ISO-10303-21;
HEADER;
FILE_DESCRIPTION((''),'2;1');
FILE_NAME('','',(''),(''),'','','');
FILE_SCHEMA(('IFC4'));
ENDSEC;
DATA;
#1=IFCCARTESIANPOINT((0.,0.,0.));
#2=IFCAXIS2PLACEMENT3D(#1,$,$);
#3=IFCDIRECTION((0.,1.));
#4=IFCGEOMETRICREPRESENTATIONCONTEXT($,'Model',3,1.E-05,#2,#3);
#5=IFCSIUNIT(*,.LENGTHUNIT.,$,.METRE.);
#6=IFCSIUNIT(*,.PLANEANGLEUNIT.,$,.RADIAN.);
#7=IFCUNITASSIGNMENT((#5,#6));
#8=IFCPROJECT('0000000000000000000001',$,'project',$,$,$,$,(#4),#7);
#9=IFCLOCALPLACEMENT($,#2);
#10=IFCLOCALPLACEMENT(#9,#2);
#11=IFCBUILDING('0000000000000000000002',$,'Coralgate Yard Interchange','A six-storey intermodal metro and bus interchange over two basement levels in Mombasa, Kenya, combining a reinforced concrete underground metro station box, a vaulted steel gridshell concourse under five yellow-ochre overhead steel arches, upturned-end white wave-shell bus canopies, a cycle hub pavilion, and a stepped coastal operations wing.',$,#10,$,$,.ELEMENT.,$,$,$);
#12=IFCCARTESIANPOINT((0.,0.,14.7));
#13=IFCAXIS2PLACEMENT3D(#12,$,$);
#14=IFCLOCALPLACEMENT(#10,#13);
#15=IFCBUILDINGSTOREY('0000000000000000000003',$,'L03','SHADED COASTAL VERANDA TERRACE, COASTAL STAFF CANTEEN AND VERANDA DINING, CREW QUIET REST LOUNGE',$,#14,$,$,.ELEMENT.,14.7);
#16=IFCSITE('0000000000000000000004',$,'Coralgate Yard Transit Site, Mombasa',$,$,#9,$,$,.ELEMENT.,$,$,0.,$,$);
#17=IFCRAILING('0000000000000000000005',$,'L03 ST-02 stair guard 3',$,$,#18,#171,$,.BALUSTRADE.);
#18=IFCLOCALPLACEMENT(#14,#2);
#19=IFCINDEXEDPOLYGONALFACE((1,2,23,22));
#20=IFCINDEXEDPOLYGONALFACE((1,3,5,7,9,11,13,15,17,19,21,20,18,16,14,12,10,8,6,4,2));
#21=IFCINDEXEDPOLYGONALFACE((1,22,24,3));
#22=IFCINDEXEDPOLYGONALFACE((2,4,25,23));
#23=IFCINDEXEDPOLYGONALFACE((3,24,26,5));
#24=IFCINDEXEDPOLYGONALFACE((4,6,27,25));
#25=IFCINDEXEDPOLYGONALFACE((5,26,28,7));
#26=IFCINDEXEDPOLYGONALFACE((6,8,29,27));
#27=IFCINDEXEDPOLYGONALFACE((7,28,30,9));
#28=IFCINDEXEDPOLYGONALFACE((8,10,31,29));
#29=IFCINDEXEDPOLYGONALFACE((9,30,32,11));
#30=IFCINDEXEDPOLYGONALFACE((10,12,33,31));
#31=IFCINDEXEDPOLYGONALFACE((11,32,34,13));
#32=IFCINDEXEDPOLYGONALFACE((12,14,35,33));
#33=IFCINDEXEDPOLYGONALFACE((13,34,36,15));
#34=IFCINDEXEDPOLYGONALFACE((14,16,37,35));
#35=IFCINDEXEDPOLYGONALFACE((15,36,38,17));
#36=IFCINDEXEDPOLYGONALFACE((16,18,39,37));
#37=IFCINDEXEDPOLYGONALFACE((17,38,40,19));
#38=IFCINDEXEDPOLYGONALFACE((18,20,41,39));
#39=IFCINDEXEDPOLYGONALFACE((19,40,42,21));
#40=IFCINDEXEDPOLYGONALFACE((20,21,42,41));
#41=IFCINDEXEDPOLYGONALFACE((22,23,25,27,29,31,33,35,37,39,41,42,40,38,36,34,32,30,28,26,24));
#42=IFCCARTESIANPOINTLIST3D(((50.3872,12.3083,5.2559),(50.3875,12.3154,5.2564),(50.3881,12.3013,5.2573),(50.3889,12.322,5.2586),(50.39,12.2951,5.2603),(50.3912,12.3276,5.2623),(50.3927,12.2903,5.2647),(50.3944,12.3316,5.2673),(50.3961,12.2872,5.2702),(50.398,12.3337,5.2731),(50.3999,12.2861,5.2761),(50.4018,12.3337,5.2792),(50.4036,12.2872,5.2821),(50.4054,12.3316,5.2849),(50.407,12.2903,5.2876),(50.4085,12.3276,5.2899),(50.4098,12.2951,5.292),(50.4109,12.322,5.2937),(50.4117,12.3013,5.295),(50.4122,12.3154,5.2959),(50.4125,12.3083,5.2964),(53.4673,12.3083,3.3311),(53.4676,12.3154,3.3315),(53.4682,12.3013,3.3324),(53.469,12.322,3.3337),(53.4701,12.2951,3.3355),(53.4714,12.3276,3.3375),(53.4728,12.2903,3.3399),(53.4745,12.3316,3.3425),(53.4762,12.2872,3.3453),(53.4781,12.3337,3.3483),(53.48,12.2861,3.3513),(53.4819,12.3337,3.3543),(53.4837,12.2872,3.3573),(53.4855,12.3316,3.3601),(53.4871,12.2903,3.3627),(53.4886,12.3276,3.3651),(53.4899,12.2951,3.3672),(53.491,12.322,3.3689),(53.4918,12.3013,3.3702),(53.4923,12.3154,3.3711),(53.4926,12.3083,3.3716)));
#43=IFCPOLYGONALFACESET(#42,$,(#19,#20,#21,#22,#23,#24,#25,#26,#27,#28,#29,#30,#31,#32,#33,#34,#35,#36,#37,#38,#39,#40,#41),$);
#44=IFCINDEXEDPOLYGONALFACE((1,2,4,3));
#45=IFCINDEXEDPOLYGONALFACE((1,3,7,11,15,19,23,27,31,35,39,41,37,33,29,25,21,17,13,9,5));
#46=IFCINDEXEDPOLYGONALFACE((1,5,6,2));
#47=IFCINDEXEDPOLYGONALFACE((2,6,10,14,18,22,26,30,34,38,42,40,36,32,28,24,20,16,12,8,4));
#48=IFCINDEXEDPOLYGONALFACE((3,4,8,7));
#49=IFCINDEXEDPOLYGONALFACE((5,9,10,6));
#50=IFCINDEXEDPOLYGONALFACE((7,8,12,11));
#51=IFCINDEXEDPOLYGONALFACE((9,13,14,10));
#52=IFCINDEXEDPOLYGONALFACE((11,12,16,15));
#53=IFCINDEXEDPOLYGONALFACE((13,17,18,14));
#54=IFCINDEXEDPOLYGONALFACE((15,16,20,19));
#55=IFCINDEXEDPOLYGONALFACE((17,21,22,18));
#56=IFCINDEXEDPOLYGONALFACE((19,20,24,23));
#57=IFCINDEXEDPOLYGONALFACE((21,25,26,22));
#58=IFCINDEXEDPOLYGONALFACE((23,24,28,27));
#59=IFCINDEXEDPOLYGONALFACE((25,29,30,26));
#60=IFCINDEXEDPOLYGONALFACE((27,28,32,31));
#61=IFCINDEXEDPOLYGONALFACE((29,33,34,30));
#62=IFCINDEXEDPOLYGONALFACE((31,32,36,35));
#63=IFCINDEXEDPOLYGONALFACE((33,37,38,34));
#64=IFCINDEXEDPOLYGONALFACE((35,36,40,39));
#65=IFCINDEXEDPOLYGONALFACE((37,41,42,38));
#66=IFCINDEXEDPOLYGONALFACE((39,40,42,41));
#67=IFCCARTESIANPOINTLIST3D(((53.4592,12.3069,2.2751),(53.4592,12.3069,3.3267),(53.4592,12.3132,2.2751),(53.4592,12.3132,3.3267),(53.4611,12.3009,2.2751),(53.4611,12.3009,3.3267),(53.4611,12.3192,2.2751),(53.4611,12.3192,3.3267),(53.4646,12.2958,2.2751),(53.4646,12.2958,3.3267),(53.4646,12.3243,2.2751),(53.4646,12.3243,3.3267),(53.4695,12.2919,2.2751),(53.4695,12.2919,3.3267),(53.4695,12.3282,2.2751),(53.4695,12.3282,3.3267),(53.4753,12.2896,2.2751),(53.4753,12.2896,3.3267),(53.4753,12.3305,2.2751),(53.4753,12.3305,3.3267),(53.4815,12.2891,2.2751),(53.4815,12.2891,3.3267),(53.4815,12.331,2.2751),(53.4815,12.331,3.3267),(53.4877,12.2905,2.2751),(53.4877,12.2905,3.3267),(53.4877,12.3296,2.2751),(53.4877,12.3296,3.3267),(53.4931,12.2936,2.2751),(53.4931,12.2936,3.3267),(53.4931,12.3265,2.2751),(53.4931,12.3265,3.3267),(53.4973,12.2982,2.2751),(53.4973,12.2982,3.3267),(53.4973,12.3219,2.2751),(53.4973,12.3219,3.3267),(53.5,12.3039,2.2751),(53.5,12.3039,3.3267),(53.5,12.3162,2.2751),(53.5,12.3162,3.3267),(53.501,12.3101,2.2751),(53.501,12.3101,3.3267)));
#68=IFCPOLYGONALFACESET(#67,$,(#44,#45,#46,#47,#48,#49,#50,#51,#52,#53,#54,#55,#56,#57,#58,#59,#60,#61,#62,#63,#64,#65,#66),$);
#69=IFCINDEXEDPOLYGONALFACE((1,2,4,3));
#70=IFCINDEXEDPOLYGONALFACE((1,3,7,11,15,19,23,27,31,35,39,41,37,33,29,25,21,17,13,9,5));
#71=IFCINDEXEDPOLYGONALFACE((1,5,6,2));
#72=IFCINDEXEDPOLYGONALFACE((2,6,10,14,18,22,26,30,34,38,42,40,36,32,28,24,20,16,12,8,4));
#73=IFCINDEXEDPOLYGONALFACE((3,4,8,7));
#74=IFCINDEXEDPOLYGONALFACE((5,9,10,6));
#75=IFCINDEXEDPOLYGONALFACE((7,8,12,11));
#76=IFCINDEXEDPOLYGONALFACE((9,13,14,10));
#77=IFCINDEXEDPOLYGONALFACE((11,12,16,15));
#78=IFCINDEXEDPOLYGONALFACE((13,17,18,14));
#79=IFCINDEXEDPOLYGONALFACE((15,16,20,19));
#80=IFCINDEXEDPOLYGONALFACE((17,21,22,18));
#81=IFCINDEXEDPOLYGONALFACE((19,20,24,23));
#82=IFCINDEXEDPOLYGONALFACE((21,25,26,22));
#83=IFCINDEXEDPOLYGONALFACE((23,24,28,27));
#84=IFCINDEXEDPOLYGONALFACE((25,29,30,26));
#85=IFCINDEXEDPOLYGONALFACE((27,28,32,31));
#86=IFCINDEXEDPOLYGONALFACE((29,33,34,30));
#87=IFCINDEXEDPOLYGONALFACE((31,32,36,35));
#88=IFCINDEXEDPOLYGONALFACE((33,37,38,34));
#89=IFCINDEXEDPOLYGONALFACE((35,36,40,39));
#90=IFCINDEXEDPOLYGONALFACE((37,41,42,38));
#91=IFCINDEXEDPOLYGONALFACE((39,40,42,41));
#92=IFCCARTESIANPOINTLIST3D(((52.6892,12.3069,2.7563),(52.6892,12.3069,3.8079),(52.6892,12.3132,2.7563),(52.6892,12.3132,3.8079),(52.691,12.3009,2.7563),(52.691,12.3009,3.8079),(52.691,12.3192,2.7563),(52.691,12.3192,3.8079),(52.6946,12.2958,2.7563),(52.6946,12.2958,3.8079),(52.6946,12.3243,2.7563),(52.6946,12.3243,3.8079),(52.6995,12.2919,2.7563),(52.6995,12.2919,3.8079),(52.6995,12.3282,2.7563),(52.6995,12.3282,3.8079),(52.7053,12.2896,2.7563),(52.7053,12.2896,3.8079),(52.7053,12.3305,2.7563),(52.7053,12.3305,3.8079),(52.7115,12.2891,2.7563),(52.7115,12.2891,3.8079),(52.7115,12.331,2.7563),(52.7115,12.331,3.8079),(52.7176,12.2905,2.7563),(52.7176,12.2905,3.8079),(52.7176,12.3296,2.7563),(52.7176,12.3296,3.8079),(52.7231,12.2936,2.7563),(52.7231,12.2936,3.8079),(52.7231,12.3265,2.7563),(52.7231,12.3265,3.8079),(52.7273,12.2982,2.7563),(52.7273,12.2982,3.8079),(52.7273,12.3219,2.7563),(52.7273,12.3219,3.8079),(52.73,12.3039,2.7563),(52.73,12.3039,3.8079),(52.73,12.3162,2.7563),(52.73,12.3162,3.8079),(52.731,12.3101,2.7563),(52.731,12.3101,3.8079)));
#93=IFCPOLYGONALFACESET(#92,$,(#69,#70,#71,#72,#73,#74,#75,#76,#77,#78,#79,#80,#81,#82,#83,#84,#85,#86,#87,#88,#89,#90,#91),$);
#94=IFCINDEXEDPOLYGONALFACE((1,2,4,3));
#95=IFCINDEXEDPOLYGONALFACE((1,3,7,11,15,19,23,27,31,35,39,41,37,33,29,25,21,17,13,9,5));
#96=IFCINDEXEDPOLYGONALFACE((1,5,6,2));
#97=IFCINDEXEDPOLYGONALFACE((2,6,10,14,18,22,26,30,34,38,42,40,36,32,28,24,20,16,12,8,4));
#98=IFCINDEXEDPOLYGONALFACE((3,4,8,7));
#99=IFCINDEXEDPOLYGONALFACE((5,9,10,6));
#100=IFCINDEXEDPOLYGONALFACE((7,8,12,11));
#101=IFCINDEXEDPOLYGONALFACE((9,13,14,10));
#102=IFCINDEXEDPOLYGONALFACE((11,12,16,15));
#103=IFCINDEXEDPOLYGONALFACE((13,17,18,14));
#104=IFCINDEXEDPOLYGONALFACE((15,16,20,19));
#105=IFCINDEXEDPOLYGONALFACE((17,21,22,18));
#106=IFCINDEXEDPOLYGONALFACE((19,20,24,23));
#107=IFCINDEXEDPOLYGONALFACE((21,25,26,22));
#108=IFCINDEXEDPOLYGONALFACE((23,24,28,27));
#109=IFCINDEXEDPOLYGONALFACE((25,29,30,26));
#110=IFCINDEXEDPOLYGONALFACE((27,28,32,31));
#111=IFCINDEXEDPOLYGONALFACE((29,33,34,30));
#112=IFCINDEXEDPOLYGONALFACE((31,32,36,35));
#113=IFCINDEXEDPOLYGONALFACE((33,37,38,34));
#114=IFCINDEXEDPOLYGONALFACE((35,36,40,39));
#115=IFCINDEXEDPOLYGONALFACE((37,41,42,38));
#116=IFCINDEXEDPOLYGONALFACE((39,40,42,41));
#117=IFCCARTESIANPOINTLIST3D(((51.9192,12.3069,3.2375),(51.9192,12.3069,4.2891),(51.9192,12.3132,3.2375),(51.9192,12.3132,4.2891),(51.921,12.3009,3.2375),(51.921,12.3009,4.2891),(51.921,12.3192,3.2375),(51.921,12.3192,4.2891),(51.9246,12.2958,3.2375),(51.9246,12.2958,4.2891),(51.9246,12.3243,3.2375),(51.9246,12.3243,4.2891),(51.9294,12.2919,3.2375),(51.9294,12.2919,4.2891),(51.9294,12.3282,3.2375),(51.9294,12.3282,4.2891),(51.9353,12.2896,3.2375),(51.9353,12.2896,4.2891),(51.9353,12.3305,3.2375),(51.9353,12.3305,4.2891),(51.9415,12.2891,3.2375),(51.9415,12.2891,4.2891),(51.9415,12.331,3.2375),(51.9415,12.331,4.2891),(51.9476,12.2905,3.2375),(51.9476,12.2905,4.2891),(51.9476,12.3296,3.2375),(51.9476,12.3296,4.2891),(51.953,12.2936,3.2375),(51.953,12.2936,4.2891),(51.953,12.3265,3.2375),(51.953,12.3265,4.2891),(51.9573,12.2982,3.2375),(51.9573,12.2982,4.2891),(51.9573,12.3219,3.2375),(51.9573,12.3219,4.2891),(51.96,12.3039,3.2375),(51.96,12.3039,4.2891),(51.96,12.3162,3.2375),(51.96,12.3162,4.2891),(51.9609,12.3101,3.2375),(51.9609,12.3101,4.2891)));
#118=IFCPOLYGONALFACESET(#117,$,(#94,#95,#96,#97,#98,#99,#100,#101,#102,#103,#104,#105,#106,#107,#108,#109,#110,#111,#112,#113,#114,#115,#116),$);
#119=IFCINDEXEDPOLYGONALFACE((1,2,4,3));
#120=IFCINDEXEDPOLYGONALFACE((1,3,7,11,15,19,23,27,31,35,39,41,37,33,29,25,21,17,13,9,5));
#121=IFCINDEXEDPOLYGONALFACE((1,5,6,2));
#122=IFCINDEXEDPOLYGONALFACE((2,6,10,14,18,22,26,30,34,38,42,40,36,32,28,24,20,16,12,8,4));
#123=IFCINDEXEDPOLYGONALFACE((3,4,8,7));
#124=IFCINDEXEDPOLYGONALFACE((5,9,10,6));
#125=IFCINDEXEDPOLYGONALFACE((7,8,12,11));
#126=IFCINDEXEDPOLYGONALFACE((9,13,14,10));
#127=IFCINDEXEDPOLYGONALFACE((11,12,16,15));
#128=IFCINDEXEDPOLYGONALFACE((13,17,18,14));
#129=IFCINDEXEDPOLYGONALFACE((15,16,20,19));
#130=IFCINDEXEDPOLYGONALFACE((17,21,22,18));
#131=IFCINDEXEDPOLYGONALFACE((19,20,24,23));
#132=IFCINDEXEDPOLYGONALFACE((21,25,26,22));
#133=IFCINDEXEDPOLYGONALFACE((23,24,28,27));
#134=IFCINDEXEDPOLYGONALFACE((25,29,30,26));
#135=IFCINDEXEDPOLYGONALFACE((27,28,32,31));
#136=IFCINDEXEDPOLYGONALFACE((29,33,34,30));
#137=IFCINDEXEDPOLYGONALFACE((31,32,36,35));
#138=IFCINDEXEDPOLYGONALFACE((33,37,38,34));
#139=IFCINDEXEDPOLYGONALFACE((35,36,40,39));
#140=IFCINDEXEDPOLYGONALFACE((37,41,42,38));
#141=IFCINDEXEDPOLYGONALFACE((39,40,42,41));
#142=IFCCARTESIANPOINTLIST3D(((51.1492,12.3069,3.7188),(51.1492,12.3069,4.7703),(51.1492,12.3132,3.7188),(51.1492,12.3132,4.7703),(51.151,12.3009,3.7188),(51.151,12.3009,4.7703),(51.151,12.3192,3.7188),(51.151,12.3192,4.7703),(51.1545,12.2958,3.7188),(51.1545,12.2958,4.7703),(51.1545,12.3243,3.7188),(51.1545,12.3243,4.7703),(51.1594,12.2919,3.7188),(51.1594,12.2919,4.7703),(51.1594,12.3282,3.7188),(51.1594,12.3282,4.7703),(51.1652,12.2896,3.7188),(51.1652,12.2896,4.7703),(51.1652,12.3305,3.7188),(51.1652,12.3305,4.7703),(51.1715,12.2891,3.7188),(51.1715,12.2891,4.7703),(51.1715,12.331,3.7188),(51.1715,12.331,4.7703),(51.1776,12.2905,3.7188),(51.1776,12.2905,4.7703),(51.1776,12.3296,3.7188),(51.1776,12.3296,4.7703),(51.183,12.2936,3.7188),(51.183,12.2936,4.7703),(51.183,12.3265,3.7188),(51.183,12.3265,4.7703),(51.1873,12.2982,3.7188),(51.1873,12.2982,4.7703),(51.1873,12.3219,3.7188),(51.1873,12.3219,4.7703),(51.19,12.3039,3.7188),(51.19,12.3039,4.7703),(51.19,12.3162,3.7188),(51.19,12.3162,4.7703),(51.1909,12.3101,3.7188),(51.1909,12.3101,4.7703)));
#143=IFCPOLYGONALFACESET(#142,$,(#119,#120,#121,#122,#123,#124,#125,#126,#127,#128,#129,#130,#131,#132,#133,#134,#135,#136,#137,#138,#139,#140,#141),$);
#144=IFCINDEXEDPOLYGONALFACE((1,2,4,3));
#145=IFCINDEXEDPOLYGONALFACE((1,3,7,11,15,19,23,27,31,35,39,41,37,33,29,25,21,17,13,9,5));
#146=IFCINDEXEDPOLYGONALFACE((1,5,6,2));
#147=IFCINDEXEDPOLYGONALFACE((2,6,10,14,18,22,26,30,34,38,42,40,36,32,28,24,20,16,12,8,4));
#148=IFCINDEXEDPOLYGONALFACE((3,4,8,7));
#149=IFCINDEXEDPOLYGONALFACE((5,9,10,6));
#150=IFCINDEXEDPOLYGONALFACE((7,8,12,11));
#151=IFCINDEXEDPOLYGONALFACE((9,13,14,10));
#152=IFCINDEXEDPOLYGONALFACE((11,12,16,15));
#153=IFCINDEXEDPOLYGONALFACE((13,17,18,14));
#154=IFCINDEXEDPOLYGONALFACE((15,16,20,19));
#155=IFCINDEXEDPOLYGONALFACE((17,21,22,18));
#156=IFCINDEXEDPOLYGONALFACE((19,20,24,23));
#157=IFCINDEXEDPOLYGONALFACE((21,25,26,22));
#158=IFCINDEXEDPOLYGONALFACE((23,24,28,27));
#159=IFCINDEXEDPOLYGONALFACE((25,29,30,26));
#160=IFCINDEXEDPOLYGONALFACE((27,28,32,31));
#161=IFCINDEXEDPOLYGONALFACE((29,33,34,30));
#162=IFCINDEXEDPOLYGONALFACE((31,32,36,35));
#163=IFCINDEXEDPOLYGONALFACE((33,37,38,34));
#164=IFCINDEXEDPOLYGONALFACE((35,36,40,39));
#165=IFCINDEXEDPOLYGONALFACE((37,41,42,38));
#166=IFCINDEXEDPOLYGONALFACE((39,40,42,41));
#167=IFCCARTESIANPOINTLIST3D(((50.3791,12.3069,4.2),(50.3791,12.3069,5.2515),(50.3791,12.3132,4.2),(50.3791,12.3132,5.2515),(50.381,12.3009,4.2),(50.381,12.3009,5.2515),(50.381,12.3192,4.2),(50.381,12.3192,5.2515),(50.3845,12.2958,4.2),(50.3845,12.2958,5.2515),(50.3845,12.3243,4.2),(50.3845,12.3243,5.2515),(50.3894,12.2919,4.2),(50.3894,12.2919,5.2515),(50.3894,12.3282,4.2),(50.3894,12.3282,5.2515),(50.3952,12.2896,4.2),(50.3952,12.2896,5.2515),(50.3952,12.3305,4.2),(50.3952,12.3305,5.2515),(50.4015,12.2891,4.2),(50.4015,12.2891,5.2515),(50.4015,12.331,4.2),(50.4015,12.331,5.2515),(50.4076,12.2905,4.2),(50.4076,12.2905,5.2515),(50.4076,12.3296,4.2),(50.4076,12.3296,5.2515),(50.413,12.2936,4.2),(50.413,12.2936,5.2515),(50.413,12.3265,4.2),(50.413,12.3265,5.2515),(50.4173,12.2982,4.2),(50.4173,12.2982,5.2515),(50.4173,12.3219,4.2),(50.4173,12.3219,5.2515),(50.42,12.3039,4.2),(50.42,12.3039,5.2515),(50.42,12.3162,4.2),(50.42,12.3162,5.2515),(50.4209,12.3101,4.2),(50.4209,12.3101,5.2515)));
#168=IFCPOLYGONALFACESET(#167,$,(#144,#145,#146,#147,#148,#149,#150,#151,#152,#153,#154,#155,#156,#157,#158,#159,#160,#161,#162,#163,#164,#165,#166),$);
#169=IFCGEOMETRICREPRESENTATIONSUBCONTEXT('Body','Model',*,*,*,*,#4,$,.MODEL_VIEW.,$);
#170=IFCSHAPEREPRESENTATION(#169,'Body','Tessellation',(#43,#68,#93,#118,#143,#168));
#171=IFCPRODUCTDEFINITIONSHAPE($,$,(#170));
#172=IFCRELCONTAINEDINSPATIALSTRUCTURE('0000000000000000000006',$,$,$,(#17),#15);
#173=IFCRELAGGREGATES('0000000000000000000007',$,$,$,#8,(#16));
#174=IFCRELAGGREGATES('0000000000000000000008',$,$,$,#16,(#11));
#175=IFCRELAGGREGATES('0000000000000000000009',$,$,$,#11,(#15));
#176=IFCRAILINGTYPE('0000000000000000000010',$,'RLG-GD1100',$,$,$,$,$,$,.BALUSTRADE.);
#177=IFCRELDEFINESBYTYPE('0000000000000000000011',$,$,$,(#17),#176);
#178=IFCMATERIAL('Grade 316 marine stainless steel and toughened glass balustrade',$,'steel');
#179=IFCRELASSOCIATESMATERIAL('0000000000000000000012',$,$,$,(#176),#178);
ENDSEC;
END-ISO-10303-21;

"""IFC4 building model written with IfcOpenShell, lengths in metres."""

from ifc_helpers import new_model, si_unit, direction, frame, origin, origin_2d, place, context, subcontext, project, spatial, circle, extrude, material, type_object, element, save


model = new_model("IFC4")

# Units and contexts
model_context = context("Model", 3, precision=1e-05, world=origin(), true_north=direction((0.0, 1.0)))
body_context = subcontext(model_context, "Body", "Model", "MODEL_VIEW")
ifc_project = project(units=[si_unit("LENGTHUNIT", "METRE"), si_unit("PLANEANGLEUNIT", "RADIAN")], contexts=[model_context])

# Site, building, storey
site_placement = place(None, origin())
site = spatial("IfcSite", under=ifc_project, at=site_placement, Name="Coralgate Yard Transit Site, Mombasa", CompositionType="ELEMENT", RefElevation=0.0)
building_placement = place(site_placement, origin())
building = spatial("IfcBuilding", under=site, at=building_placement, Name="Coralgate Yard Interchange", Description="A six-storey intermodal metro and bus interchange over two basement levels in Mombasa, Kenya, combining a reinforced concrete underground metro station box, a vaulted steel gridshell concourse under five yellow-ochre overhead steel arches, upturned-end white wave-shell bus canopies, a cycle hub pavilion, and a stepped coastal operations wing.", CompositionType="ELEMENT")
storey_placement = place(building_placement, frame((0.0, 0.0, 14.7)))
storey = spatial("IfcBuildingStorey", under=building, at=storey_placement, Name="L03", Description="SHADED COASTAL VERANDA TERRACE, COASTAL STAFF CANTEEN AND VERANDA DINING, CREW QUIET REST LOUNGE", CompositionType="ELEMENT", Elevation=14.7)

# Railing
ifc_material_1 = material(Name="Grade 316 marine stainless steel and toughened glass balustrade", Category="steel")
railing_type_1 = type_object("IfcRailingType", Name="RLG-GD1100", PredefinedType="BALUSTRADE", material=ifc_material_1)
railing_1_placement = place(storey_placement, frame((53.48, 12.3101, 2.2751)))
element("IfcRailing", 1, at=railing_1_placement, inside=storey, type_object=railing_type_1, Name="L03 ST-02 stair guard 3", PredefinedType="BALUSTRADE", context=body_context, shape_type="SweptSolid", body=[
    extrude(circle(Radius=0.0239, at=origin_2d()), frame((0.0, 0.0, 1.0762), z_axis=(-0.848029, 0.0, 0.529951), x_axis=(0.0, -1.0, 0.0)), (0.0, 0.0, 1.0), 3.6321),
    extrude(circle(Radius=0.021, at=origin_2d()), origin(), (0.0, 0.0, 1.0), 1.0515),
    extrude(circle(Radius=0.021, at=origin_2d()), frame((-0.77, 0.0, 0.4812)), (0.0, 0.0, 1.0), 1.0515),
    extrude(circle(Radius=0.021, at=origin_2d()), frame((-1.54, 0.0, 0.9624)), (0.0, 0.0, 1.0), 1.0515),
    extrude(circle(Radius=0.021, at=origin_2d()), frame((-2.3101, 0.0, 1.4436)), (0.0, 0.0, 1.0), 1.0515),
    extrude(circle(Radius=0.021, at=origin_2d()), frame((-3.0801, 0.0, 1.9248)), (0.0, 0.0, 1.0), 1.0515),
])

save(model, "model.ifc")
